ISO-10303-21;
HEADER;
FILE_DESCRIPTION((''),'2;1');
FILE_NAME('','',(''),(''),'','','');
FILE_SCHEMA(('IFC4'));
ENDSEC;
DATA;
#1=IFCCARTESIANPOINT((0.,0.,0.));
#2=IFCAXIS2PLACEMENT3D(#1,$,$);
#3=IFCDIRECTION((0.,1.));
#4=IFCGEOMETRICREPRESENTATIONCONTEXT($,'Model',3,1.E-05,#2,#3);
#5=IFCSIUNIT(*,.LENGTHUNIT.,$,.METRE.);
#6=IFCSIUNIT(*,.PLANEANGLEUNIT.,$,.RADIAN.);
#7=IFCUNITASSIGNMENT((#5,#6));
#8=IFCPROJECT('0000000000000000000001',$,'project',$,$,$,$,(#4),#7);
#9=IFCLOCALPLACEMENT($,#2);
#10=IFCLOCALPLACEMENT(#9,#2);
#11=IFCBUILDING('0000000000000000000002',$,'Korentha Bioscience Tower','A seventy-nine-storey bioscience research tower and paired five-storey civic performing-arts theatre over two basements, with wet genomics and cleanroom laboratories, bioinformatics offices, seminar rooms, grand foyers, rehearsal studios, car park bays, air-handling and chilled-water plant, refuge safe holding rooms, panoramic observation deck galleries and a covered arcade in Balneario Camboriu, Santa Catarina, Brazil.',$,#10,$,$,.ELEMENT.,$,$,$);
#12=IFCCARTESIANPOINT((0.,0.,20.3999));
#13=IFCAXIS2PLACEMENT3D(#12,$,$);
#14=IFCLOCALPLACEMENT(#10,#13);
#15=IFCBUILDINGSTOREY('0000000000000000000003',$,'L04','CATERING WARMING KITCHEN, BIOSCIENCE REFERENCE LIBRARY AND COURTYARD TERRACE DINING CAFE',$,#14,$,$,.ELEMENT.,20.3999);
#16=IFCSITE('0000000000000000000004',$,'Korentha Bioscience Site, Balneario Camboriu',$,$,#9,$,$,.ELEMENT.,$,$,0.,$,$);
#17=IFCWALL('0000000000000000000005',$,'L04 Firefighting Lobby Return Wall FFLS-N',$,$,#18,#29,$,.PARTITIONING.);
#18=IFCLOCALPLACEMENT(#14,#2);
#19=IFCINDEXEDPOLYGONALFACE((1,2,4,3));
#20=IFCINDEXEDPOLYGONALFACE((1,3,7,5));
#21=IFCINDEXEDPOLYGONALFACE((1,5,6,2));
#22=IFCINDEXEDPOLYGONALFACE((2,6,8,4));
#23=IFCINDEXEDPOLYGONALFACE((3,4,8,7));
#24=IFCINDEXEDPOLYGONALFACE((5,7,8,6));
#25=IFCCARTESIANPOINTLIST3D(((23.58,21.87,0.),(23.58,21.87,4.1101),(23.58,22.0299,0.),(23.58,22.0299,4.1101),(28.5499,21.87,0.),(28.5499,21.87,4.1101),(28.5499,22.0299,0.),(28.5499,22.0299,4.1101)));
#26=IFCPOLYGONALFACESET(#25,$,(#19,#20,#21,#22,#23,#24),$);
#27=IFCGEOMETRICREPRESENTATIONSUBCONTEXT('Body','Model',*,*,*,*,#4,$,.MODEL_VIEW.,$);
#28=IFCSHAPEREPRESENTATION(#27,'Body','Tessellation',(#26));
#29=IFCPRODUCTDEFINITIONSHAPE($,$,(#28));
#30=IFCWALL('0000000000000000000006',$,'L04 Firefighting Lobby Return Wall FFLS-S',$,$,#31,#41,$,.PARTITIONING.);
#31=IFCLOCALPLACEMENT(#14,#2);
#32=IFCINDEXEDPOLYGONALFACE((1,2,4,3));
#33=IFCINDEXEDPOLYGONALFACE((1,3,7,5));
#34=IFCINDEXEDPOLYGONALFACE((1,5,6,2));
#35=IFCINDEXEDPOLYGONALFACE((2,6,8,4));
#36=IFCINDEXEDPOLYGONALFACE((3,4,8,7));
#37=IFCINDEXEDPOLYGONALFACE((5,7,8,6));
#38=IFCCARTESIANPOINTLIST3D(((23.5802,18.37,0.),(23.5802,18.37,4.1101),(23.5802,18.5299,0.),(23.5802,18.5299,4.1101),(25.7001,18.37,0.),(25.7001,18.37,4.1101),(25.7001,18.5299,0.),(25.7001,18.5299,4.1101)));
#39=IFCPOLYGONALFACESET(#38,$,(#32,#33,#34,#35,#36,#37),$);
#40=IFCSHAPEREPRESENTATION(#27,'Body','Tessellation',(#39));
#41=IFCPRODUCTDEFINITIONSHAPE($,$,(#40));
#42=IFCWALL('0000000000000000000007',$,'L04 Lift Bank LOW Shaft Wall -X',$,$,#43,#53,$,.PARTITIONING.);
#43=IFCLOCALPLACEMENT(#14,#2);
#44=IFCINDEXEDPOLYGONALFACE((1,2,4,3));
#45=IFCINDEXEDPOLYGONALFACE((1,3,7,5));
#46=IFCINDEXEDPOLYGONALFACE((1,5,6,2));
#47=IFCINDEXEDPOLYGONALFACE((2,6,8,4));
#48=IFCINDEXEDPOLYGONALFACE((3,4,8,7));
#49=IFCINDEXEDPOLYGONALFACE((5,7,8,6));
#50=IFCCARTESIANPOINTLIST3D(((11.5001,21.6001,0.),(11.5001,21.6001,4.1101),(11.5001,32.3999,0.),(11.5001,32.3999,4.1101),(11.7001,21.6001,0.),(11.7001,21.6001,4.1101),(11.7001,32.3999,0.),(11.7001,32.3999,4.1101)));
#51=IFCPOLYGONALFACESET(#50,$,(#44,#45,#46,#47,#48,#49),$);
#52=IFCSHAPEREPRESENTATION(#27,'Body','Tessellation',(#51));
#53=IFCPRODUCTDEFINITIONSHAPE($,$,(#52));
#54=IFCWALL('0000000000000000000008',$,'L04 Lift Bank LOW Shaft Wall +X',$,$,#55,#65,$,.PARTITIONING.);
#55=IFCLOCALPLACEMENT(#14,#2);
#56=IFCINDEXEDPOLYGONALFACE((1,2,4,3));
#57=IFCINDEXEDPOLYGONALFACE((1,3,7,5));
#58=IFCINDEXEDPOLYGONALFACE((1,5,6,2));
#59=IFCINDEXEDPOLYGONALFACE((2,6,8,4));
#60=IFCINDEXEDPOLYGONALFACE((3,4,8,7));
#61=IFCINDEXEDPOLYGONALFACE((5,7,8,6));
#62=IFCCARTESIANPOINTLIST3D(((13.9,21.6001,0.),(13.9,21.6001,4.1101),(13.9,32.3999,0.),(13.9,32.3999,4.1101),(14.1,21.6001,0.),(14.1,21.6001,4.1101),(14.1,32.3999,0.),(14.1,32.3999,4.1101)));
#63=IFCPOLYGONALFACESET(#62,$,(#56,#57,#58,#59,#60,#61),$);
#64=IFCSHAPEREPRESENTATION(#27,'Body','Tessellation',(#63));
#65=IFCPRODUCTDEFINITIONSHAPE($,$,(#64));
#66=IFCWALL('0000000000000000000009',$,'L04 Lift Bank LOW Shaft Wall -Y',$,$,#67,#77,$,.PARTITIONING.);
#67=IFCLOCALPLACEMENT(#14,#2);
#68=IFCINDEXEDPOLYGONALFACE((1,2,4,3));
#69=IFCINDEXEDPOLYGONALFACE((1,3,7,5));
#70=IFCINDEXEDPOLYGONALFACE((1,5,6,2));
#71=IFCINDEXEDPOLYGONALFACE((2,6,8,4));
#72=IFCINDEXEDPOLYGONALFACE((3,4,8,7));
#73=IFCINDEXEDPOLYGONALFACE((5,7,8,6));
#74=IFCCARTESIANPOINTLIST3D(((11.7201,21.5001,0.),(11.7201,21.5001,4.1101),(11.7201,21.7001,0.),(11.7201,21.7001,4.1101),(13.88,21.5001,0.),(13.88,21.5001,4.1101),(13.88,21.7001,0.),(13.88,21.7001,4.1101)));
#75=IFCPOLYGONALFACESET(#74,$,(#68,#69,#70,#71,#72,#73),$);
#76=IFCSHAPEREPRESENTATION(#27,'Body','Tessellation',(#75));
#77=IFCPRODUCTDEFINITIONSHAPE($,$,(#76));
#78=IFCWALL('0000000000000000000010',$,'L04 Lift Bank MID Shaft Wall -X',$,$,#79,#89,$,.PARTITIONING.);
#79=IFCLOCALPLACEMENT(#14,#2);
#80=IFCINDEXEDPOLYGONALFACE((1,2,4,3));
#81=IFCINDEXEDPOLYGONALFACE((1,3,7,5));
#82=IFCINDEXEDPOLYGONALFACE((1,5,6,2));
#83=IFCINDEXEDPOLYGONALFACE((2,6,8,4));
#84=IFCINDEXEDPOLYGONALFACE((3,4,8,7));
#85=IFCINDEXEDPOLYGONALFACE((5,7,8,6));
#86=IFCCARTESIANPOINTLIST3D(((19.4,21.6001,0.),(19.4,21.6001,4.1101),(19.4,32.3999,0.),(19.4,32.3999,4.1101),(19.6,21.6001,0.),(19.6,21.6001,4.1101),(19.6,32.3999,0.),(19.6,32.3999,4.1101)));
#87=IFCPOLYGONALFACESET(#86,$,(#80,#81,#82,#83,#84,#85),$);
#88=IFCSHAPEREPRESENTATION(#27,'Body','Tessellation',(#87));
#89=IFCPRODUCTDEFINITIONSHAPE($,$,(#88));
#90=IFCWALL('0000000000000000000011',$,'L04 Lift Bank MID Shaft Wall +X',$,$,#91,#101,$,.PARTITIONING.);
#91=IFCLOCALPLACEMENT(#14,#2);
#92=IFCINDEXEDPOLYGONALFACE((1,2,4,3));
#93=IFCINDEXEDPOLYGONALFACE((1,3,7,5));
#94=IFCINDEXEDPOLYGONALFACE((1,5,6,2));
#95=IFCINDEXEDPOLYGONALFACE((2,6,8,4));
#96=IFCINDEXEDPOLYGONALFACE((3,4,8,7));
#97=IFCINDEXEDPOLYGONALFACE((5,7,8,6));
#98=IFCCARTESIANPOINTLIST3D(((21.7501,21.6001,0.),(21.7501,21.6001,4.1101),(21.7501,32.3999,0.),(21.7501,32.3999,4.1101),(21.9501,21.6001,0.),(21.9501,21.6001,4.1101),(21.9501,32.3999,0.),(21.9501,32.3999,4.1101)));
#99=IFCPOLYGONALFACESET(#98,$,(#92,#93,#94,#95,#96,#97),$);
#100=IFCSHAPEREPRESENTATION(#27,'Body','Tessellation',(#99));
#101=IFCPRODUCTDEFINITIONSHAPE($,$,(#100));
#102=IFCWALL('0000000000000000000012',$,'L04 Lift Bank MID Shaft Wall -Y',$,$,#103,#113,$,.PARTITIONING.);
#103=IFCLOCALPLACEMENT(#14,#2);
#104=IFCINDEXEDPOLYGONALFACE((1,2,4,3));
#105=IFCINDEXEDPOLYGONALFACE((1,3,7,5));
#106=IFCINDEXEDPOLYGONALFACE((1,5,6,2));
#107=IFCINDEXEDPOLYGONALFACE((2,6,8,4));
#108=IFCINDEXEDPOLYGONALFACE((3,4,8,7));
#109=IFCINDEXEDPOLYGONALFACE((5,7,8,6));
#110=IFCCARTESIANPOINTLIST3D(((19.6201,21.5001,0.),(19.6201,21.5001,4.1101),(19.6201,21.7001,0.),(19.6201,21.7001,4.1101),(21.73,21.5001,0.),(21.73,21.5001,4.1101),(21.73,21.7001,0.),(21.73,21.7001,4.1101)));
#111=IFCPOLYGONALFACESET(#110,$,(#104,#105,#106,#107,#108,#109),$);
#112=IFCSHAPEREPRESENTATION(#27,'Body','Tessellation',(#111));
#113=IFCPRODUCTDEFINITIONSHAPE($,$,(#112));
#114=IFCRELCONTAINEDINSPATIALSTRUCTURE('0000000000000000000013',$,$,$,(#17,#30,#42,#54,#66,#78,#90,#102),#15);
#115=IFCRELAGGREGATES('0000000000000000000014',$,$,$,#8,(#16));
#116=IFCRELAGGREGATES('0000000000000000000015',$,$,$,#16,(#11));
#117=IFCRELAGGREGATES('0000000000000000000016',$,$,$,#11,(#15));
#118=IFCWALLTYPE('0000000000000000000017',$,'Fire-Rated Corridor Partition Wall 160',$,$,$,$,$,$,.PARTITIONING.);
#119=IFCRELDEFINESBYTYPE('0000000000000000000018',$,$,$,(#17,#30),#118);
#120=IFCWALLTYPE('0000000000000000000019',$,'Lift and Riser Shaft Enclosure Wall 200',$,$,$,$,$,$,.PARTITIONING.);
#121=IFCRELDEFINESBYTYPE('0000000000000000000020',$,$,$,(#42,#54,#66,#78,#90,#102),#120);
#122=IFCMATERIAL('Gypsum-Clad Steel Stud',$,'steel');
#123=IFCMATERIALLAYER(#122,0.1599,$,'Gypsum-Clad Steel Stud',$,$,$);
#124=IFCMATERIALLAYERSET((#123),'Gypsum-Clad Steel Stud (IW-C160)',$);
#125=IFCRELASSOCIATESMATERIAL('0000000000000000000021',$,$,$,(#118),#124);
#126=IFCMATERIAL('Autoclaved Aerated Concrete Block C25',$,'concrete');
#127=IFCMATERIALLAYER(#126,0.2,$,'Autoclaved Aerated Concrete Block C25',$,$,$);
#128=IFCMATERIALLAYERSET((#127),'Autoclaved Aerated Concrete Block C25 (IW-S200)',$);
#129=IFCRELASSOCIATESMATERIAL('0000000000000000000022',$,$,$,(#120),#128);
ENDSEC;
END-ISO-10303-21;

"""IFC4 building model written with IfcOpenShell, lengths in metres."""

from ifc_helpers import new_model, si_unit, direction, frame, frame_2d, origin, place, context, subcontext, project, spatial, rectangle, extrude, material, layer, layer_set, type_object, element, save


model = new_model("IFC4")

# Units and contexts
model_context = context("Model", 3, precision=1e-05, world=origin(), true_north=direction((0.0, 1.0)))
body_context = subcontext(model_context, "Body", "Model", "MODEL_VIEW")
ifc_project = project(units=[si_unit("LENGTHUNIT", "METRE"), si_unit("PLANEANGLEUNIT", "RADIAN")], contexts=[model_context])

# Site, building, storey
site_placement = place(None, origin())
site = spatial("IfcSite", under=ifc_project, at=site_placement, Name="Korentha Bioscience Site, Balneario Camboriu", CompositionType="ELEMENT", RefElevation=0.0)
building_placement = place(site_placement, origin())
building = spatial("IfcBuilding", under=site, at=building_placement, Name="Korentha Bioscience Tower", Description="A seventy-nine-storey bioscience research tower and paired five-storey civic performing-arts theatre over two basements, with wet genomics and cleanroom laboratories, bioinformatics offices, seminar rooms, grand foyers, rehearsal studios, car park bays, air-handling and chilled-water plant, refuge safe holding rooms, panoramic observation deck galleries and a covered arcade in Balneario Camboriu, Santa Catarina, Brazil.", CompositionType="ELEMENT")
storey_placement = place(building_placement, frame((0.0, 0.0, 20.3999)))
storey = spatial("IfcBuildingStorey", under=building, at=storey_placement, Name="L04", Description="CATERING WARMING KITCHEN, BIOSCIENCE REFERENCE LIBRARY AND COURTYARD TERRACE DINING CAFE", CompositionType="ELEMENT", Elevation=20.3999)

# Shared definitions
ifc_material_1 = material(Name="Gypsum-Clad Steel Stud", Category="steel")
ifc_layer_1 = layer(ifc_material_1, 0.1599, Name="Gypsum-Clad Steel Stud")
ifc_layer_set_1 = layer_set([ifc_layer_1], Name="Gypsum-Clad Steel Stud (IW-C160)")
wall_type_1 = type_object("IfcWallType", Name="Fire-Rated Corridor Partition Wall 160", PredefinedType="PARTITIONING", material=ifc_layer_set_1)

# Walls
wall_1_placement = place(storey_placement, frame((23.5801, 21.95, 0.0), z_axis=(0.0, 0.0, 1.0), x_axis=(1.0, 0.0, 0.0)))
element("IfcWall", 1, at=wall_1_placement, inside=storey, type_object=wall_type_1, Name="L04 Firefighting Lobby Return Wall FFLS-N", PredefinedType="PARTITIONING", context=body_context, shape_type="SweptSolid", body=[
    extrude(rectangle(XDim=4.97, YDim=0.1599, at=frame_2d((2.4849, 0.0))), origin(), (0.0, 0.0, 1.0), 4.1101),
])
wall_2_placement = place(storey_placement, frame((23.5801, 18.45, 0.0), z_axis=(0.0, 0.0, 1.0), x_axis=(1.0, 0.0, 0.0)))
element("IfcWall", 2, at=wall_2_placement, inside=storey, type_object=wall_type_1, Name="L04 Firefighting Lobby Return Wall FFLS-S", PredefinedType="PARTITIONING", context=body_context, shape_type="SweptSolid", body=[
    extrude(rectangle(XDim=2.1199, YDim=0.1599, at=frame_2d((1.0601, 0.0))), origin(), (0.0, 0.0, 1.0), 4.1101),
])
ifc_material_2 = material(Name="Autoclaved Aerated Concrete Block C25", Category="concrete")
ifc_layer_2 = layer(ifc_material_2, 0.2, Name="Autoclaved Aerated Concrete Block C25")
ifc_layer_set_2 = layer_set([ifc_layer_2], Name="Autoclaved Aerated Concrete Block C25 (IW-S200)")
wall_type_2 = type_object("IfcWallType", Name="Lift and Riser Shaft Enclosure Wall 200", PredefinedType="PARTITIONING", material=ifc_layer_set_2)
for number, where, z_axis, x_axis, name in (
    (3, (11.6001, 21.6001, 0.0), (0.0, 0.0, 1.0), (0.0, 1.0, 0.0), "L04 Lift Bank LOW Shaft Wall -X"),
    (4, (14.0, 21.6001, 0.0), (0.0, 0.0, 1.0), (0.0, 1.0, 0.0), "L04 Lift Bank LOW Shaft Wall +X"),
):
    element("IfcWall", number, at=place(storey_placement, frame(where, z_axis=z_axis, x_axis=x_axis)), inside=storey, type_object=wall_type_2, Name=name, PredefinedType="PARTITIONING", context=body_context, shape_type="SweptSolid", body=[
        extrude(rectangle(XDim=10.7998, YDim=0.2, at=frame_2d((5.3999, 0.0))), origin(), (0.0, 0.0, 1.0), 4.1101),
    ])
wall_3_placement = place(storey_placement, frame((11.72, 21.6001, 0.0), z_axis=(0.0, 0.0, 1.0), x_axis=(1.0, 0.0, 0.0)))
element("IfcWall", 5, at=wall_3_placement, inside=storey, type_object=wall_type_2, Name="L04 Lift Bank LOW Shaft Wall -Y", PredefinedType="PARTITIONING", context=body_context, shape_type="SweptSolid", body=[
    extrude(rectangle(XDim=2.1599, YDim=0.2, at=frame_2d((1.0801, 0.0))), origin(), (0.0, 0.0, 1.0), 4.1101),
])
for number, where, z_axis, x_axis, name in (
    (6, (19.5, 21.6001, 0.0), (0.0, 0.0, 1.0), (0.0, 1.0, 0.0), "L04 Lift Bank MID Shaft Wall -X"),
    (7, (21.8501, 21.6001, 0.0), (0.0, 0.0, 1.0), (0.0, 1.0, 0.0), "L04 Lift Bank MID Shaft Wall +X"),
):
    element("IfcWall", number, at=place(storey_placement, frame(where, z_axis=z_axis, x_axis=x_axis)), inside=storey, type_object=wall_type_2, Name=name, PredefinedType="PARTITIONING", context=body_context, shape_type="SweptSolid", body=[
        extrude(rectangle(XDim=10.7998, YDim=0.2, at=frame_2d((5.3999, 0.0))), origin(), (0.0, 0.0, 1.0), 4.1101),
    ])
wall_4_placement = place(storey_placement, frame((19.6201, 21.6001, 0.0), z_axis=(0.0, 0.0, 1.0), x_axis=(1.0, 0.0, 0.0)))
element("IfcWall", 8, at=wall_4_placement, inside=storey, type_object=wall_type_2, Name="L04 Lift Bank MID Shaft Wall -Y", PredefinedType="PARTITIONING", context=body_context, shape_type="SweptSolid", body=[
    extrude(rectangle(XDim=2.1099, YDim=0.2, at=frame_2d((1.0549, 0.0))), origin(), (0.0, 0.0, 1.0), 4.1101),
])

save(model, "model.ifc")
